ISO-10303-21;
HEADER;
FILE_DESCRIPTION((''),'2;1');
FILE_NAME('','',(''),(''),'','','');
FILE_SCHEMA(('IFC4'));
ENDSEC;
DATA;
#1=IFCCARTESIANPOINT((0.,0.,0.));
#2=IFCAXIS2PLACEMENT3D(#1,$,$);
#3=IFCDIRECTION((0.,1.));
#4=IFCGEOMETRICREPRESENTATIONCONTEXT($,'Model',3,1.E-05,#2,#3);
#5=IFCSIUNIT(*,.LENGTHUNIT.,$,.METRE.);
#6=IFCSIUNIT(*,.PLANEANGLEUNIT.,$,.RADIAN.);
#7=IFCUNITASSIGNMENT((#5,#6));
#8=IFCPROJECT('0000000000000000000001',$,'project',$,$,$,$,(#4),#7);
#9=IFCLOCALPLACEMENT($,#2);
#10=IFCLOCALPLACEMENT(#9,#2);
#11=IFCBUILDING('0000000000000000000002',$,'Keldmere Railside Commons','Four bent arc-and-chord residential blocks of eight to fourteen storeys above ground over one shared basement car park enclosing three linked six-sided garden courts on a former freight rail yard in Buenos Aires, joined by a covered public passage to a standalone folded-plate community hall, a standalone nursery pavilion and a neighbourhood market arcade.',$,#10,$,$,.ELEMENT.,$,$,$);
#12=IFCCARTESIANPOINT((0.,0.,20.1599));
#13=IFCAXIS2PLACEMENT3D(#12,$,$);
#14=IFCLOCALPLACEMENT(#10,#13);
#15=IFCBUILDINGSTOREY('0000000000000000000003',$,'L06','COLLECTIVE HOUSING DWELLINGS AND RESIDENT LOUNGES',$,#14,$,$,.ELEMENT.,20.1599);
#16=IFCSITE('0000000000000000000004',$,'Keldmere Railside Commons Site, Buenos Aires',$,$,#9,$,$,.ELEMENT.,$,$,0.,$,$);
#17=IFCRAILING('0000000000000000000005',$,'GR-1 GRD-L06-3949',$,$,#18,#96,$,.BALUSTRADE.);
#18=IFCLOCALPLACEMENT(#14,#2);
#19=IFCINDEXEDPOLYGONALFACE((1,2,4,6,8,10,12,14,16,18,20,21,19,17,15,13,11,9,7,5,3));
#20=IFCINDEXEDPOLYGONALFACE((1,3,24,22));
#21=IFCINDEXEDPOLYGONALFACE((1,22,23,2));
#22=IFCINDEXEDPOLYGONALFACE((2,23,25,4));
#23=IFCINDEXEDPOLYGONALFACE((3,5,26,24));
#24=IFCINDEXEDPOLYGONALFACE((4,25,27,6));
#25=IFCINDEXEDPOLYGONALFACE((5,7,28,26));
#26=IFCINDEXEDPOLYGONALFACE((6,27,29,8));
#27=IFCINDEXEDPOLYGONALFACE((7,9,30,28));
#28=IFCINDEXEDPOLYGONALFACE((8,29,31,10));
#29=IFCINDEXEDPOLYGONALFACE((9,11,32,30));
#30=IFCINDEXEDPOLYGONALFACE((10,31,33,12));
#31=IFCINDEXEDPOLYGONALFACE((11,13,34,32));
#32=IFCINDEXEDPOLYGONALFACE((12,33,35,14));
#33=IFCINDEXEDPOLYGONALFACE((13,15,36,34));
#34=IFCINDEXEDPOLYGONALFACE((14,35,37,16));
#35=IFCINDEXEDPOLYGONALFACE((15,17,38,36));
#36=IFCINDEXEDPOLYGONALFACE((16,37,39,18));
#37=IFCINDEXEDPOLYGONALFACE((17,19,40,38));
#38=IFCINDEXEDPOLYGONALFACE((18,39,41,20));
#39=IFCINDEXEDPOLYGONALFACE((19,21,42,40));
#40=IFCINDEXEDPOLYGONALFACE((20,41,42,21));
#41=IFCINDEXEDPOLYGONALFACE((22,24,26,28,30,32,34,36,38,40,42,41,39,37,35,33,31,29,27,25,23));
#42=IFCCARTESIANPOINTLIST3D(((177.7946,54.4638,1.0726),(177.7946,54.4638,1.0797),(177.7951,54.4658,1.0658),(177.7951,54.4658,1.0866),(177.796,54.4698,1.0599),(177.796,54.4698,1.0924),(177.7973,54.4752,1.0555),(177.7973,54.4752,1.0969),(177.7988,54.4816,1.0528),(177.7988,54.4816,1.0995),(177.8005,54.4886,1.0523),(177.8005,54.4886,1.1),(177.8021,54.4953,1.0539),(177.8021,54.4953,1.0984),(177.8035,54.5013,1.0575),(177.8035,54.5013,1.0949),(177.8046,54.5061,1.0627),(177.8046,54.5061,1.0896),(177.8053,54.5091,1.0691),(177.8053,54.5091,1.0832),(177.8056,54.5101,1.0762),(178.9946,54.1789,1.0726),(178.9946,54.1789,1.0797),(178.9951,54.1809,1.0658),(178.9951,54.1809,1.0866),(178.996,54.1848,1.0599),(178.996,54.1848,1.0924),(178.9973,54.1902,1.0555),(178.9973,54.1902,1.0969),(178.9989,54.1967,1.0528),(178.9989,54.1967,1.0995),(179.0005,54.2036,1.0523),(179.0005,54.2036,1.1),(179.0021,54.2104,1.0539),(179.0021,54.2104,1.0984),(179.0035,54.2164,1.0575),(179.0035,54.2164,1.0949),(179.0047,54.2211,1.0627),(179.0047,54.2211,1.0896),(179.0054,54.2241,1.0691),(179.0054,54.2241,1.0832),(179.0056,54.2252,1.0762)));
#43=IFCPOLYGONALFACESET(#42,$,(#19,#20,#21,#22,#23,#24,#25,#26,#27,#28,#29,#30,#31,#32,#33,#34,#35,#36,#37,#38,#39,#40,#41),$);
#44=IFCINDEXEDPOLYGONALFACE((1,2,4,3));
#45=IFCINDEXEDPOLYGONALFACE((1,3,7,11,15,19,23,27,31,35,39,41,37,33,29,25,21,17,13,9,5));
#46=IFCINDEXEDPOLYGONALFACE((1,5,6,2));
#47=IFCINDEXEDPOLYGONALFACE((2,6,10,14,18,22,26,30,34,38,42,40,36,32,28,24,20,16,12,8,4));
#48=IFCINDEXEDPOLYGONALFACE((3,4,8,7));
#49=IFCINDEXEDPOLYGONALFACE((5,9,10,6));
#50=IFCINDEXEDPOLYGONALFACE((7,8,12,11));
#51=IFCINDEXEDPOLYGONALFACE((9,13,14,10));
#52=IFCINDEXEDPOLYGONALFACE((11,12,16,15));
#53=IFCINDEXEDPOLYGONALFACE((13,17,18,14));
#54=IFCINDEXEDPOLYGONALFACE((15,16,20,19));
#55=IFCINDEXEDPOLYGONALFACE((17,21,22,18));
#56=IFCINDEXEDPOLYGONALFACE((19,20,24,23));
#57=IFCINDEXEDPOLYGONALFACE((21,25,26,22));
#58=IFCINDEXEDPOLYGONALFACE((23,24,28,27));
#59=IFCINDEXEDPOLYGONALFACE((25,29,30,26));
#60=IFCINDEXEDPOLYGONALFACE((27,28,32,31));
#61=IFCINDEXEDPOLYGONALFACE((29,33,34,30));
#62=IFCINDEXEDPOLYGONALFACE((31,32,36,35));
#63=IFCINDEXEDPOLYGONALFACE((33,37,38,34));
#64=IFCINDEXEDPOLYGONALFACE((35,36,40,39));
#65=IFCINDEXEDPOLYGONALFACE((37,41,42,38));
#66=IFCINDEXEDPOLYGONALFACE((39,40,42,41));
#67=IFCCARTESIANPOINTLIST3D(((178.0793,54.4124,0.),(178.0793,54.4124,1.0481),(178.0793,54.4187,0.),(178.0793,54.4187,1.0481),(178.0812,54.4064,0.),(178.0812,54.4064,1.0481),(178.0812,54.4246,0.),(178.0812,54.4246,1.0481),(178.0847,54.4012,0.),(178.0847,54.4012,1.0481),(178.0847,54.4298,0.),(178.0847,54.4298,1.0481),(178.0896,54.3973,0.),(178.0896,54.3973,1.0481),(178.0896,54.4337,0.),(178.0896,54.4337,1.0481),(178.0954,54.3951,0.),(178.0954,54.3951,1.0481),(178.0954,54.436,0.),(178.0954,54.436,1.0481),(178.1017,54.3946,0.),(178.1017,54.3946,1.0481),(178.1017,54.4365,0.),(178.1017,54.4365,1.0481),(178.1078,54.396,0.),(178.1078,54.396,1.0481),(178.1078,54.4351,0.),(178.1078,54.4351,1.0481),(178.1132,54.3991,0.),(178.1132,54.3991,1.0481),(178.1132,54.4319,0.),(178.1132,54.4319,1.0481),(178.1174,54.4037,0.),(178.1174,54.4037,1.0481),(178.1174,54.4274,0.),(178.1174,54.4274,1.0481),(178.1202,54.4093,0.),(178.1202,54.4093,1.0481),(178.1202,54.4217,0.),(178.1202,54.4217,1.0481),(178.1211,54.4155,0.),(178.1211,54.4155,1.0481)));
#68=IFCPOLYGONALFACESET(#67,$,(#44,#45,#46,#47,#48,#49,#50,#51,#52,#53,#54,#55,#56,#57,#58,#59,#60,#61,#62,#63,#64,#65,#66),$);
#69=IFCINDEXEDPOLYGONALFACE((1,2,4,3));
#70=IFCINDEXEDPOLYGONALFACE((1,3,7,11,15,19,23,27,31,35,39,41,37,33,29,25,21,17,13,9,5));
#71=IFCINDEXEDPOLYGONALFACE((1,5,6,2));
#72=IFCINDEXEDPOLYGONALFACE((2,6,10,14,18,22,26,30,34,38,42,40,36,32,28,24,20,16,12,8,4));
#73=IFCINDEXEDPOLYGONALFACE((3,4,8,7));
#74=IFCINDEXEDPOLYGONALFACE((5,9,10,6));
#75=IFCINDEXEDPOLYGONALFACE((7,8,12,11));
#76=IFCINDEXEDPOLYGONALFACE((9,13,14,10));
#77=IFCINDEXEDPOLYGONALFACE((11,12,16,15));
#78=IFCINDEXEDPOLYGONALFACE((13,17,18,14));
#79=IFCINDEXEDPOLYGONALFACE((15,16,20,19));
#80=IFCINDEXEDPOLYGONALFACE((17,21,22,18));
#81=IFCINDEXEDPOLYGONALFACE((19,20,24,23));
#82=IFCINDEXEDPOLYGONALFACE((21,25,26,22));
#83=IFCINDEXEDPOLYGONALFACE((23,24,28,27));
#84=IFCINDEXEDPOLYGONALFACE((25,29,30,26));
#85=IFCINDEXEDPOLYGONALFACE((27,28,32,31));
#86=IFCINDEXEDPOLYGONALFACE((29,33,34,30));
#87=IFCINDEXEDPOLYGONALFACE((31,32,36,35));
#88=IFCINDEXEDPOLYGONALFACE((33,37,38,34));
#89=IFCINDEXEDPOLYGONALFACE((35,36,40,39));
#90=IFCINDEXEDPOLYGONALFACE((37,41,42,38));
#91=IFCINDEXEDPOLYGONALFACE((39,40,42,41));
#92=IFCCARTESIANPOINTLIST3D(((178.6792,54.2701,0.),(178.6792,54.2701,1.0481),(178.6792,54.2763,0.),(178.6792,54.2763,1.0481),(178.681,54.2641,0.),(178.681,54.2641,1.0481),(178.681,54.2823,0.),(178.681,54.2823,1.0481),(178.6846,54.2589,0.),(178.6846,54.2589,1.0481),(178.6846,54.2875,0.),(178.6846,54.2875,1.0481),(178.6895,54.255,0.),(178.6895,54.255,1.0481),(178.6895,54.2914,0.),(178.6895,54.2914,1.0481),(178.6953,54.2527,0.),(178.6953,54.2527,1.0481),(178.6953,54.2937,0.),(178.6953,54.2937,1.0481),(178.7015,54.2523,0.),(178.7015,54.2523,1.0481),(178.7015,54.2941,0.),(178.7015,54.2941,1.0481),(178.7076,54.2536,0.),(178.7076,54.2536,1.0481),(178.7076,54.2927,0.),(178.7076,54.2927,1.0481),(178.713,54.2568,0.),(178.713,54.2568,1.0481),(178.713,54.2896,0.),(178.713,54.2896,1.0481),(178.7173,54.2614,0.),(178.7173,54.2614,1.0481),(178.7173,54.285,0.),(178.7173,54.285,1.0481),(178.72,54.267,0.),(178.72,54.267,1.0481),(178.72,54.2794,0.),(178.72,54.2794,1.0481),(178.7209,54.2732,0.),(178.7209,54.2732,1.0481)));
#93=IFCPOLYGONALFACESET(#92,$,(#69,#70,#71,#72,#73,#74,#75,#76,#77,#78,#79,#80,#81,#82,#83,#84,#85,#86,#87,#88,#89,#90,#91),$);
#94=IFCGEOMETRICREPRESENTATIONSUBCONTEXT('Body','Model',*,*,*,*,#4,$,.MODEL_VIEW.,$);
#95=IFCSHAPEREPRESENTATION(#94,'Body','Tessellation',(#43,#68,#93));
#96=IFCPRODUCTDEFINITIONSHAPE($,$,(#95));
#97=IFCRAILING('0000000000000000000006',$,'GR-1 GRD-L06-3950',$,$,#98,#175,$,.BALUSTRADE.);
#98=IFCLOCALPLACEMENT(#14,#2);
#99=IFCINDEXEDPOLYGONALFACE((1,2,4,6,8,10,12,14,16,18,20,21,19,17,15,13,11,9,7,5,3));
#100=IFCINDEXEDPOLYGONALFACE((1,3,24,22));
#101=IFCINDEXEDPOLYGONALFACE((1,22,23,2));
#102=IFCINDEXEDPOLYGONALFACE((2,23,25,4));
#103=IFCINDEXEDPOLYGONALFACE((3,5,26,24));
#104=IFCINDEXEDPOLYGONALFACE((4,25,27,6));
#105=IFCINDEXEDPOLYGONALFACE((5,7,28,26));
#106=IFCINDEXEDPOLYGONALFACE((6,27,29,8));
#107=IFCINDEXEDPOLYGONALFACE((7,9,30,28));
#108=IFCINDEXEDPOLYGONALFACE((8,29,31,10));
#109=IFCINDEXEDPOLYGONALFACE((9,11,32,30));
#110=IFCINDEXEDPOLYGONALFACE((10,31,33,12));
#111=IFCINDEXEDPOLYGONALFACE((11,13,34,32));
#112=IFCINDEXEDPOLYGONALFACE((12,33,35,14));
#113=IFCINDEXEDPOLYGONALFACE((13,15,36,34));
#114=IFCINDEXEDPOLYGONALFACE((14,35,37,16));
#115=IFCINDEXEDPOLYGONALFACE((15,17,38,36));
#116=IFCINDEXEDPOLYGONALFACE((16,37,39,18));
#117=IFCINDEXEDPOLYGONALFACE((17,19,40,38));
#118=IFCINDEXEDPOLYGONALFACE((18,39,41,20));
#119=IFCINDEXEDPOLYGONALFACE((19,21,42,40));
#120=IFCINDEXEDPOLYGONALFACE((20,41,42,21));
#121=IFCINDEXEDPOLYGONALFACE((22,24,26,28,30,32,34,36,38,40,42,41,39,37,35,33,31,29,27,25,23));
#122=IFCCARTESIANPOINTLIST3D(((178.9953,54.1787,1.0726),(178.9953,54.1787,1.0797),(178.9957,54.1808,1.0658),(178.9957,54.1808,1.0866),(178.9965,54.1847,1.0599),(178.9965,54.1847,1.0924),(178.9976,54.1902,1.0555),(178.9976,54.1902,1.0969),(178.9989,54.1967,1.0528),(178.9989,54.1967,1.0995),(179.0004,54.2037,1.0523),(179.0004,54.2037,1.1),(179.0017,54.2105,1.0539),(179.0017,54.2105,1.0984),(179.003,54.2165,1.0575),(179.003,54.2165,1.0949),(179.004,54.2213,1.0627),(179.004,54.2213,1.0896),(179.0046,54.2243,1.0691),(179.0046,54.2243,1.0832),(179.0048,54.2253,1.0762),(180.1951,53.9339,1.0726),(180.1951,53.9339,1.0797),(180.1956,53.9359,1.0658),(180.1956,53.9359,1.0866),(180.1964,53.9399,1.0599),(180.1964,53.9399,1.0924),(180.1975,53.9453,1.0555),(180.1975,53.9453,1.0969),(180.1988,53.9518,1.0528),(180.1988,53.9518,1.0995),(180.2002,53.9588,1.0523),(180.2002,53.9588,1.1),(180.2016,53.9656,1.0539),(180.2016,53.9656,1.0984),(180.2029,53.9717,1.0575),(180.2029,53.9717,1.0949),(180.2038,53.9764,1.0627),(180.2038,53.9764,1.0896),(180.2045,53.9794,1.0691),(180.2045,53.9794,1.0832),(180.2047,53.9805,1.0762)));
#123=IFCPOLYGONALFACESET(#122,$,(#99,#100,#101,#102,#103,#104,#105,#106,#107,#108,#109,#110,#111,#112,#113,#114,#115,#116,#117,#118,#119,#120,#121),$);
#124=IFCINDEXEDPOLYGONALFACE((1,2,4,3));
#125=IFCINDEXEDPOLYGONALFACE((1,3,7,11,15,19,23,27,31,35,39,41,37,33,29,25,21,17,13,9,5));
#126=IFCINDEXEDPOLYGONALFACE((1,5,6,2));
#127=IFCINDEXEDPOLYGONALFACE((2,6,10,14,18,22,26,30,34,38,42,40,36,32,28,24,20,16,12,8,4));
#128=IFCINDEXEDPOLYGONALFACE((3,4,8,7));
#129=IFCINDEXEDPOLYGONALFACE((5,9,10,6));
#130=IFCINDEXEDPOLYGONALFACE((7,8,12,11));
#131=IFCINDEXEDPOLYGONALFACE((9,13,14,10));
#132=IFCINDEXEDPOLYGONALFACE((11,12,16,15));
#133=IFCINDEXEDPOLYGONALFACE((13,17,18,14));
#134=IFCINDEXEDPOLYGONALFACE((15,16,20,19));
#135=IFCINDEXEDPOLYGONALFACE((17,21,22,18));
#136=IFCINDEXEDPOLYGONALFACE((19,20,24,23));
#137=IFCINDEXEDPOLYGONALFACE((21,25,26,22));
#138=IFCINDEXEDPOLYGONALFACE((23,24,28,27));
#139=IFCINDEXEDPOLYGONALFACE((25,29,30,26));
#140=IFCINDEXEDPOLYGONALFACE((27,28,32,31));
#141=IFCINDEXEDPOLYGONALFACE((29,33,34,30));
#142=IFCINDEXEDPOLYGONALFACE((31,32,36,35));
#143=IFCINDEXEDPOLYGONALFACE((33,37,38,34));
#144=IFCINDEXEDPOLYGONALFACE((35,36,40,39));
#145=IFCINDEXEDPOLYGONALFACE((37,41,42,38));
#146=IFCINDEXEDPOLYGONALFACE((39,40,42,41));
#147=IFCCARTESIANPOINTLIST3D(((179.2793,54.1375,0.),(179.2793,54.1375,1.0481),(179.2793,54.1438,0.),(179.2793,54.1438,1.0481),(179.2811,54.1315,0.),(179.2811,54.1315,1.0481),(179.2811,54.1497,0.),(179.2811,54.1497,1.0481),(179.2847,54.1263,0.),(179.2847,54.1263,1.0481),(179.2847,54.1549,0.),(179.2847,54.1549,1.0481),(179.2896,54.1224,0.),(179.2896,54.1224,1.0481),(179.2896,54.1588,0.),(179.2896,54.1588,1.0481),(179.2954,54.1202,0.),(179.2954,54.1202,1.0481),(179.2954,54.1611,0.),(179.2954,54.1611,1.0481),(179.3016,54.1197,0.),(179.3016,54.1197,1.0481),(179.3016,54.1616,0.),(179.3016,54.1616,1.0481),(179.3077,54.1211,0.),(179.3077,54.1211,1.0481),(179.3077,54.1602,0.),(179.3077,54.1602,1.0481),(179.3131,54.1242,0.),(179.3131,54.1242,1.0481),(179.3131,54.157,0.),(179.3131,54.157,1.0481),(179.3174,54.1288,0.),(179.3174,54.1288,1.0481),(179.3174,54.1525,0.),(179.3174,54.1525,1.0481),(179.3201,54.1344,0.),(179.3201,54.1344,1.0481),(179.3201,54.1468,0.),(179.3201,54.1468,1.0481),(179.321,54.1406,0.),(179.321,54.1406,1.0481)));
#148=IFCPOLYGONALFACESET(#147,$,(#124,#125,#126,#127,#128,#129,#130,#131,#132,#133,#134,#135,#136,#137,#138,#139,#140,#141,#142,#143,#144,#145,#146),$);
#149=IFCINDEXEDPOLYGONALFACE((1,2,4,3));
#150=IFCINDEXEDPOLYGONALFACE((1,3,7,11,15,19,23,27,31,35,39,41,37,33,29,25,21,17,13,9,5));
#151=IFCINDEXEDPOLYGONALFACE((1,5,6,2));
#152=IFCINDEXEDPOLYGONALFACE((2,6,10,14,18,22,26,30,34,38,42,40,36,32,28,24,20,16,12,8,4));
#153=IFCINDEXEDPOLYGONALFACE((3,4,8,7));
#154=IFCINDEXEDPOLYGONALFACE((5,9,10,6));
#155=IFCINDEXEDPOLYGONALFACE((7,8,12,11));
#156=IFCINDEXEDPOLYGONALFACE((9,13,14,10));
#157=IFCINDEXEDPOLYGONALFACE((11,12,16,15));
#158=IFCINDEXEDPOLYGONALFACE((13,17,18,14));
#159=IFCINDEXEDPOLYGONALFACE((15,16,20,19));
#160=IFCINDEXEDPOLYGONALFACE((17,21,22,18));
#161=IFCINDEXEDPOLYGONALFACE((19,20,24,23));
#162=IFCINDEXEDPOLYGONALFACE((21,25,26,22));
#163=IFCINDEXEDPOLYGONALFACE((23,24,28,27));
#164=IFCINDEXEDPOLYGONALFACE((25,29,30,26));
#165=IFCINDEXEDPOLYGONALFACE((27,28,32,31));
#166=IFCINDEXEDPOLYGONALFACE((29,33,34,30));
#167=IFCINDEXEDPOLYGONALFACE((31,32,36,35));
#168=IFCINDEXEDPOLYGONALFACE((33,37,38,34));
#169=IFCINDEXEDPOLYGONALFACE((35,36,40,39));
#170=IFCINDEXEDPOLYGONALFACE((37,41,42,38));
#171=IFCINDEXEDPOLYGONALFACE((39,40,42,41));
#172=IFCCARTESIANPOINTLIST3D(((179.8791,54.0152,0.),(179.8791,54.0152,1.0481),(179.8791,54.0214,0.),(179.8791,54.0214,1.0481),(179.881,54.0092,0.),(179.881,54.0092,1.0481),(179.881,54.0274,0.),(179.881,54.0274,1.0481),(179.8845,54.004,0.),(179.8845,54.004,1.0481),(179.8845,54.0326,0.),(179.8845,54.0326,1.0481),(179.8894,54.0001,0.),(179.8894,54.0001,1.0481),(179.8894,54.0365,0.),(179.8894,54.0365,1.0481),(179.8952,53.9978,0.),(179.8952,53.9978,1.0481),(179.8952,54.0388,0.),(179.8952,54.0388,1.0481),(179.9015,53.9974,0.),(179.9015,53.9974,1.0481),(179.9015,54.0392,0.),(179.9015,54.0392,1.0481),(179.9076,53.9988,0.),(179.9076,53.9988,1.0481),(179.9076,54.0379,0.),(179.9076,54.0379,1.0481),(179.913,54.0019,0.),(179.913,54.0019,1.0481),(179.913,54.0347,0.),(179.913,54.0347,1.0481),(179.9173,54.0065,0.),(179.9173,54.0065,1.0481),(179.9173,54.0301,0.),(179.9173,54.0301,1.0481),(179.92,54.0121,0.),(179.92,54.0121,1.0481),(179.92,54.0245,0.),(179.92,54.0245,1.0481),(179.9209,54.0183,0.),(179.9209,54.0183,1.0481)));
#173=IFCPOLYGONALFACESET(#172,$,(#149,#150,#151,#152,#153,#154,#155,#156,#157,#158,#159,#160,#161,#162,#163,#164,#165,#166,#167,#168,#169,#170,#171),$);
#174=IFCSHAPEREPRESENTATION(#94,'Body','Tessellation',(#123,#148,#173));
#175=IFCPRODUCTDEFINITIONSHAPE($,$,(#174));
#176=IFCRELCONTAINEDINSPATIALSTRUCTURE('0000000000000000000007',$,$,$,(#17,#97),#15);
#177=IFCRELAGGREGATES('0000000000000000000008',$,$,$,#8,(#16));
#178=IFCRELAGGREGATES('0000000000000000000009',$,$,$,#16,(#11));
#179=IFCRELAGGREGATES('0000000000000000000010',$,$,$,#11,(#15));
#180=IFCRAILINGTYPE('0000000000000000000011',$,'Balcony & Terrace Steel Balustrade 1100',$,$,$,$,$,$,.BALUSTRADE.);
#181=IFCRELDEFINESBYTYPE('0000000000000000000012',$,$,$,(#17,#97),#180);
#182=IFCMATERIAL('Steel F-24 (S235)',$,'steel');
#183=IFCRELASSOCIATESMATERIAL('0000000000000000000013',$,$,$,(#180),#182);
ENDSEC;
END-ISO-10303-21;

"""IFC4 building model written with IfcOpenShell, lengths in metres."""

from ifc_helpers import new_model, si_unit, direction, frame, origin, origin_2d, place, context, subcontext, project, spatial, circle, extrude, material, type_object, element, save


model = new_model("IFC4")

# Units and contexts
model_context = context("Model", 3, precision=1e-05, world=origin(), true_north=direction((0.0, 1.0)))
body_context = subcontext(model_context, "Body", "Model", "MODEL_VIEW")
ifc_project = project(units=[si_unit("LENGTHUNIT", "METRE"), si_unit("PLANEANGLEUNIT", "RADIAN")], contexts=[model_context])

# Site, building, storey
site_placement = place(None, origin())
site = spatial("IfcSite", under=ifc_project, at=site_placement, Name="Keldmere Railside Commons Site, Buenos Aires", CompositionType="ELEMENT", RefElevation=0.0)
building_placement = place(site_placement, origin())
building = spatial("IfcBuilding", under=site, at=building_placement, Name="Keldmere Railside Commons", Description="Four bent arc-and-chord residential blocks of eight to fourteen storeys above ground over one shared basement car park enclosing three linked six-sided garden courts on a former freight rail yard in Buenos Aires, joined by a covered public passage to a standalone folded-plate community hall, a standalone nursery pavilion and a neighbourhood market arcade.", CompositionType="ELEMENT")
storey_placement = place(building_placement, frame((0.0, 0.0, 20.1599)))
storey = spatial("IfcBuildingStorey", under=building, at=storey_placement, Name="L06", Description="COLLECTIVE HOUSING DWELLINGS AND RESIDENT LOUNGES", CompositionType="ELEMENT", Elevation=20.1599)

# Shared definitions
ifc_material_1 = material(Name="Steel F-24 (S235)", Category="steel")

# Railings
railing_type = type_object("IfcRailingType", Name="Balcony & Terrace Steel Balustrade 1100", PredefinedType="BALUSTRADE", material=ifc_material_1)
railing_1_placement = place(storey_placement, frame((177.8, 54.4868, 0.0)))
element("IfcRailing", 1, at=railing_1_placement, inside=storey, type_object=railing_type, Name="GR-1 GRD-L06-3949", PredefinedType="BALUSTRADE", context=body_context, shape_type="SweptSolid", body=[
    extrude(circle(Radius=0.0239, at=origin_2d()), frame((0.0, 0.0, 1.0762), z_axis=(0.97295, -0.231014, 0.0), x_axis=(0.231014, 0.97295, 0.0)), (0.0, 0.0, 1.0), 1.2334),
    extrude(circle(Radius=0.021, at=origin_2d()), frame((0.3, -0.0713, 0.0)), (0.0, 0.0, 1.0), 1.0481),
    extrude(circle(Radius=0.021, at=origin_2d()), frame((0.8999, -0.2136, 0.0)), (0.0, 0.0, 1.0), 1.0481),
])
railing_2_placement = place(storey_placement, frame((179.0, 54.2019, 0.0)))
element("IfcRailing", 2, at=railing_2_placement, inside=storey, type_object=railing_type, Name="GR-1 GRD-L06-3950", PredefinedType="BALUSTRADE", context=body_context, shape_type="SweptSolid", body=[
    extrude(circle(Radius=0.0239, at=origin_2d()), frame((0.0, 0.0, 1.0762), z_axis=(0.979806, -0.199948, 0.0), x_axis=(0.199948, 0.979806, 0.0)), (0.0, 0.0, 1.0), 1.2246),
    extrude(circle(Radius=0.021, at=origin_2d()), frame((0.3, -0.0613, 0.0)), (0.0, 0.0, 1.0), 1.0481),
    extrude(circle(Radius=0.021, at=origin_2d()), frame((0.8999, -0.1836, 0.0)), (0.0, 0.0, 1.0), 1.0481),
])

save(model, "model.ifc")
